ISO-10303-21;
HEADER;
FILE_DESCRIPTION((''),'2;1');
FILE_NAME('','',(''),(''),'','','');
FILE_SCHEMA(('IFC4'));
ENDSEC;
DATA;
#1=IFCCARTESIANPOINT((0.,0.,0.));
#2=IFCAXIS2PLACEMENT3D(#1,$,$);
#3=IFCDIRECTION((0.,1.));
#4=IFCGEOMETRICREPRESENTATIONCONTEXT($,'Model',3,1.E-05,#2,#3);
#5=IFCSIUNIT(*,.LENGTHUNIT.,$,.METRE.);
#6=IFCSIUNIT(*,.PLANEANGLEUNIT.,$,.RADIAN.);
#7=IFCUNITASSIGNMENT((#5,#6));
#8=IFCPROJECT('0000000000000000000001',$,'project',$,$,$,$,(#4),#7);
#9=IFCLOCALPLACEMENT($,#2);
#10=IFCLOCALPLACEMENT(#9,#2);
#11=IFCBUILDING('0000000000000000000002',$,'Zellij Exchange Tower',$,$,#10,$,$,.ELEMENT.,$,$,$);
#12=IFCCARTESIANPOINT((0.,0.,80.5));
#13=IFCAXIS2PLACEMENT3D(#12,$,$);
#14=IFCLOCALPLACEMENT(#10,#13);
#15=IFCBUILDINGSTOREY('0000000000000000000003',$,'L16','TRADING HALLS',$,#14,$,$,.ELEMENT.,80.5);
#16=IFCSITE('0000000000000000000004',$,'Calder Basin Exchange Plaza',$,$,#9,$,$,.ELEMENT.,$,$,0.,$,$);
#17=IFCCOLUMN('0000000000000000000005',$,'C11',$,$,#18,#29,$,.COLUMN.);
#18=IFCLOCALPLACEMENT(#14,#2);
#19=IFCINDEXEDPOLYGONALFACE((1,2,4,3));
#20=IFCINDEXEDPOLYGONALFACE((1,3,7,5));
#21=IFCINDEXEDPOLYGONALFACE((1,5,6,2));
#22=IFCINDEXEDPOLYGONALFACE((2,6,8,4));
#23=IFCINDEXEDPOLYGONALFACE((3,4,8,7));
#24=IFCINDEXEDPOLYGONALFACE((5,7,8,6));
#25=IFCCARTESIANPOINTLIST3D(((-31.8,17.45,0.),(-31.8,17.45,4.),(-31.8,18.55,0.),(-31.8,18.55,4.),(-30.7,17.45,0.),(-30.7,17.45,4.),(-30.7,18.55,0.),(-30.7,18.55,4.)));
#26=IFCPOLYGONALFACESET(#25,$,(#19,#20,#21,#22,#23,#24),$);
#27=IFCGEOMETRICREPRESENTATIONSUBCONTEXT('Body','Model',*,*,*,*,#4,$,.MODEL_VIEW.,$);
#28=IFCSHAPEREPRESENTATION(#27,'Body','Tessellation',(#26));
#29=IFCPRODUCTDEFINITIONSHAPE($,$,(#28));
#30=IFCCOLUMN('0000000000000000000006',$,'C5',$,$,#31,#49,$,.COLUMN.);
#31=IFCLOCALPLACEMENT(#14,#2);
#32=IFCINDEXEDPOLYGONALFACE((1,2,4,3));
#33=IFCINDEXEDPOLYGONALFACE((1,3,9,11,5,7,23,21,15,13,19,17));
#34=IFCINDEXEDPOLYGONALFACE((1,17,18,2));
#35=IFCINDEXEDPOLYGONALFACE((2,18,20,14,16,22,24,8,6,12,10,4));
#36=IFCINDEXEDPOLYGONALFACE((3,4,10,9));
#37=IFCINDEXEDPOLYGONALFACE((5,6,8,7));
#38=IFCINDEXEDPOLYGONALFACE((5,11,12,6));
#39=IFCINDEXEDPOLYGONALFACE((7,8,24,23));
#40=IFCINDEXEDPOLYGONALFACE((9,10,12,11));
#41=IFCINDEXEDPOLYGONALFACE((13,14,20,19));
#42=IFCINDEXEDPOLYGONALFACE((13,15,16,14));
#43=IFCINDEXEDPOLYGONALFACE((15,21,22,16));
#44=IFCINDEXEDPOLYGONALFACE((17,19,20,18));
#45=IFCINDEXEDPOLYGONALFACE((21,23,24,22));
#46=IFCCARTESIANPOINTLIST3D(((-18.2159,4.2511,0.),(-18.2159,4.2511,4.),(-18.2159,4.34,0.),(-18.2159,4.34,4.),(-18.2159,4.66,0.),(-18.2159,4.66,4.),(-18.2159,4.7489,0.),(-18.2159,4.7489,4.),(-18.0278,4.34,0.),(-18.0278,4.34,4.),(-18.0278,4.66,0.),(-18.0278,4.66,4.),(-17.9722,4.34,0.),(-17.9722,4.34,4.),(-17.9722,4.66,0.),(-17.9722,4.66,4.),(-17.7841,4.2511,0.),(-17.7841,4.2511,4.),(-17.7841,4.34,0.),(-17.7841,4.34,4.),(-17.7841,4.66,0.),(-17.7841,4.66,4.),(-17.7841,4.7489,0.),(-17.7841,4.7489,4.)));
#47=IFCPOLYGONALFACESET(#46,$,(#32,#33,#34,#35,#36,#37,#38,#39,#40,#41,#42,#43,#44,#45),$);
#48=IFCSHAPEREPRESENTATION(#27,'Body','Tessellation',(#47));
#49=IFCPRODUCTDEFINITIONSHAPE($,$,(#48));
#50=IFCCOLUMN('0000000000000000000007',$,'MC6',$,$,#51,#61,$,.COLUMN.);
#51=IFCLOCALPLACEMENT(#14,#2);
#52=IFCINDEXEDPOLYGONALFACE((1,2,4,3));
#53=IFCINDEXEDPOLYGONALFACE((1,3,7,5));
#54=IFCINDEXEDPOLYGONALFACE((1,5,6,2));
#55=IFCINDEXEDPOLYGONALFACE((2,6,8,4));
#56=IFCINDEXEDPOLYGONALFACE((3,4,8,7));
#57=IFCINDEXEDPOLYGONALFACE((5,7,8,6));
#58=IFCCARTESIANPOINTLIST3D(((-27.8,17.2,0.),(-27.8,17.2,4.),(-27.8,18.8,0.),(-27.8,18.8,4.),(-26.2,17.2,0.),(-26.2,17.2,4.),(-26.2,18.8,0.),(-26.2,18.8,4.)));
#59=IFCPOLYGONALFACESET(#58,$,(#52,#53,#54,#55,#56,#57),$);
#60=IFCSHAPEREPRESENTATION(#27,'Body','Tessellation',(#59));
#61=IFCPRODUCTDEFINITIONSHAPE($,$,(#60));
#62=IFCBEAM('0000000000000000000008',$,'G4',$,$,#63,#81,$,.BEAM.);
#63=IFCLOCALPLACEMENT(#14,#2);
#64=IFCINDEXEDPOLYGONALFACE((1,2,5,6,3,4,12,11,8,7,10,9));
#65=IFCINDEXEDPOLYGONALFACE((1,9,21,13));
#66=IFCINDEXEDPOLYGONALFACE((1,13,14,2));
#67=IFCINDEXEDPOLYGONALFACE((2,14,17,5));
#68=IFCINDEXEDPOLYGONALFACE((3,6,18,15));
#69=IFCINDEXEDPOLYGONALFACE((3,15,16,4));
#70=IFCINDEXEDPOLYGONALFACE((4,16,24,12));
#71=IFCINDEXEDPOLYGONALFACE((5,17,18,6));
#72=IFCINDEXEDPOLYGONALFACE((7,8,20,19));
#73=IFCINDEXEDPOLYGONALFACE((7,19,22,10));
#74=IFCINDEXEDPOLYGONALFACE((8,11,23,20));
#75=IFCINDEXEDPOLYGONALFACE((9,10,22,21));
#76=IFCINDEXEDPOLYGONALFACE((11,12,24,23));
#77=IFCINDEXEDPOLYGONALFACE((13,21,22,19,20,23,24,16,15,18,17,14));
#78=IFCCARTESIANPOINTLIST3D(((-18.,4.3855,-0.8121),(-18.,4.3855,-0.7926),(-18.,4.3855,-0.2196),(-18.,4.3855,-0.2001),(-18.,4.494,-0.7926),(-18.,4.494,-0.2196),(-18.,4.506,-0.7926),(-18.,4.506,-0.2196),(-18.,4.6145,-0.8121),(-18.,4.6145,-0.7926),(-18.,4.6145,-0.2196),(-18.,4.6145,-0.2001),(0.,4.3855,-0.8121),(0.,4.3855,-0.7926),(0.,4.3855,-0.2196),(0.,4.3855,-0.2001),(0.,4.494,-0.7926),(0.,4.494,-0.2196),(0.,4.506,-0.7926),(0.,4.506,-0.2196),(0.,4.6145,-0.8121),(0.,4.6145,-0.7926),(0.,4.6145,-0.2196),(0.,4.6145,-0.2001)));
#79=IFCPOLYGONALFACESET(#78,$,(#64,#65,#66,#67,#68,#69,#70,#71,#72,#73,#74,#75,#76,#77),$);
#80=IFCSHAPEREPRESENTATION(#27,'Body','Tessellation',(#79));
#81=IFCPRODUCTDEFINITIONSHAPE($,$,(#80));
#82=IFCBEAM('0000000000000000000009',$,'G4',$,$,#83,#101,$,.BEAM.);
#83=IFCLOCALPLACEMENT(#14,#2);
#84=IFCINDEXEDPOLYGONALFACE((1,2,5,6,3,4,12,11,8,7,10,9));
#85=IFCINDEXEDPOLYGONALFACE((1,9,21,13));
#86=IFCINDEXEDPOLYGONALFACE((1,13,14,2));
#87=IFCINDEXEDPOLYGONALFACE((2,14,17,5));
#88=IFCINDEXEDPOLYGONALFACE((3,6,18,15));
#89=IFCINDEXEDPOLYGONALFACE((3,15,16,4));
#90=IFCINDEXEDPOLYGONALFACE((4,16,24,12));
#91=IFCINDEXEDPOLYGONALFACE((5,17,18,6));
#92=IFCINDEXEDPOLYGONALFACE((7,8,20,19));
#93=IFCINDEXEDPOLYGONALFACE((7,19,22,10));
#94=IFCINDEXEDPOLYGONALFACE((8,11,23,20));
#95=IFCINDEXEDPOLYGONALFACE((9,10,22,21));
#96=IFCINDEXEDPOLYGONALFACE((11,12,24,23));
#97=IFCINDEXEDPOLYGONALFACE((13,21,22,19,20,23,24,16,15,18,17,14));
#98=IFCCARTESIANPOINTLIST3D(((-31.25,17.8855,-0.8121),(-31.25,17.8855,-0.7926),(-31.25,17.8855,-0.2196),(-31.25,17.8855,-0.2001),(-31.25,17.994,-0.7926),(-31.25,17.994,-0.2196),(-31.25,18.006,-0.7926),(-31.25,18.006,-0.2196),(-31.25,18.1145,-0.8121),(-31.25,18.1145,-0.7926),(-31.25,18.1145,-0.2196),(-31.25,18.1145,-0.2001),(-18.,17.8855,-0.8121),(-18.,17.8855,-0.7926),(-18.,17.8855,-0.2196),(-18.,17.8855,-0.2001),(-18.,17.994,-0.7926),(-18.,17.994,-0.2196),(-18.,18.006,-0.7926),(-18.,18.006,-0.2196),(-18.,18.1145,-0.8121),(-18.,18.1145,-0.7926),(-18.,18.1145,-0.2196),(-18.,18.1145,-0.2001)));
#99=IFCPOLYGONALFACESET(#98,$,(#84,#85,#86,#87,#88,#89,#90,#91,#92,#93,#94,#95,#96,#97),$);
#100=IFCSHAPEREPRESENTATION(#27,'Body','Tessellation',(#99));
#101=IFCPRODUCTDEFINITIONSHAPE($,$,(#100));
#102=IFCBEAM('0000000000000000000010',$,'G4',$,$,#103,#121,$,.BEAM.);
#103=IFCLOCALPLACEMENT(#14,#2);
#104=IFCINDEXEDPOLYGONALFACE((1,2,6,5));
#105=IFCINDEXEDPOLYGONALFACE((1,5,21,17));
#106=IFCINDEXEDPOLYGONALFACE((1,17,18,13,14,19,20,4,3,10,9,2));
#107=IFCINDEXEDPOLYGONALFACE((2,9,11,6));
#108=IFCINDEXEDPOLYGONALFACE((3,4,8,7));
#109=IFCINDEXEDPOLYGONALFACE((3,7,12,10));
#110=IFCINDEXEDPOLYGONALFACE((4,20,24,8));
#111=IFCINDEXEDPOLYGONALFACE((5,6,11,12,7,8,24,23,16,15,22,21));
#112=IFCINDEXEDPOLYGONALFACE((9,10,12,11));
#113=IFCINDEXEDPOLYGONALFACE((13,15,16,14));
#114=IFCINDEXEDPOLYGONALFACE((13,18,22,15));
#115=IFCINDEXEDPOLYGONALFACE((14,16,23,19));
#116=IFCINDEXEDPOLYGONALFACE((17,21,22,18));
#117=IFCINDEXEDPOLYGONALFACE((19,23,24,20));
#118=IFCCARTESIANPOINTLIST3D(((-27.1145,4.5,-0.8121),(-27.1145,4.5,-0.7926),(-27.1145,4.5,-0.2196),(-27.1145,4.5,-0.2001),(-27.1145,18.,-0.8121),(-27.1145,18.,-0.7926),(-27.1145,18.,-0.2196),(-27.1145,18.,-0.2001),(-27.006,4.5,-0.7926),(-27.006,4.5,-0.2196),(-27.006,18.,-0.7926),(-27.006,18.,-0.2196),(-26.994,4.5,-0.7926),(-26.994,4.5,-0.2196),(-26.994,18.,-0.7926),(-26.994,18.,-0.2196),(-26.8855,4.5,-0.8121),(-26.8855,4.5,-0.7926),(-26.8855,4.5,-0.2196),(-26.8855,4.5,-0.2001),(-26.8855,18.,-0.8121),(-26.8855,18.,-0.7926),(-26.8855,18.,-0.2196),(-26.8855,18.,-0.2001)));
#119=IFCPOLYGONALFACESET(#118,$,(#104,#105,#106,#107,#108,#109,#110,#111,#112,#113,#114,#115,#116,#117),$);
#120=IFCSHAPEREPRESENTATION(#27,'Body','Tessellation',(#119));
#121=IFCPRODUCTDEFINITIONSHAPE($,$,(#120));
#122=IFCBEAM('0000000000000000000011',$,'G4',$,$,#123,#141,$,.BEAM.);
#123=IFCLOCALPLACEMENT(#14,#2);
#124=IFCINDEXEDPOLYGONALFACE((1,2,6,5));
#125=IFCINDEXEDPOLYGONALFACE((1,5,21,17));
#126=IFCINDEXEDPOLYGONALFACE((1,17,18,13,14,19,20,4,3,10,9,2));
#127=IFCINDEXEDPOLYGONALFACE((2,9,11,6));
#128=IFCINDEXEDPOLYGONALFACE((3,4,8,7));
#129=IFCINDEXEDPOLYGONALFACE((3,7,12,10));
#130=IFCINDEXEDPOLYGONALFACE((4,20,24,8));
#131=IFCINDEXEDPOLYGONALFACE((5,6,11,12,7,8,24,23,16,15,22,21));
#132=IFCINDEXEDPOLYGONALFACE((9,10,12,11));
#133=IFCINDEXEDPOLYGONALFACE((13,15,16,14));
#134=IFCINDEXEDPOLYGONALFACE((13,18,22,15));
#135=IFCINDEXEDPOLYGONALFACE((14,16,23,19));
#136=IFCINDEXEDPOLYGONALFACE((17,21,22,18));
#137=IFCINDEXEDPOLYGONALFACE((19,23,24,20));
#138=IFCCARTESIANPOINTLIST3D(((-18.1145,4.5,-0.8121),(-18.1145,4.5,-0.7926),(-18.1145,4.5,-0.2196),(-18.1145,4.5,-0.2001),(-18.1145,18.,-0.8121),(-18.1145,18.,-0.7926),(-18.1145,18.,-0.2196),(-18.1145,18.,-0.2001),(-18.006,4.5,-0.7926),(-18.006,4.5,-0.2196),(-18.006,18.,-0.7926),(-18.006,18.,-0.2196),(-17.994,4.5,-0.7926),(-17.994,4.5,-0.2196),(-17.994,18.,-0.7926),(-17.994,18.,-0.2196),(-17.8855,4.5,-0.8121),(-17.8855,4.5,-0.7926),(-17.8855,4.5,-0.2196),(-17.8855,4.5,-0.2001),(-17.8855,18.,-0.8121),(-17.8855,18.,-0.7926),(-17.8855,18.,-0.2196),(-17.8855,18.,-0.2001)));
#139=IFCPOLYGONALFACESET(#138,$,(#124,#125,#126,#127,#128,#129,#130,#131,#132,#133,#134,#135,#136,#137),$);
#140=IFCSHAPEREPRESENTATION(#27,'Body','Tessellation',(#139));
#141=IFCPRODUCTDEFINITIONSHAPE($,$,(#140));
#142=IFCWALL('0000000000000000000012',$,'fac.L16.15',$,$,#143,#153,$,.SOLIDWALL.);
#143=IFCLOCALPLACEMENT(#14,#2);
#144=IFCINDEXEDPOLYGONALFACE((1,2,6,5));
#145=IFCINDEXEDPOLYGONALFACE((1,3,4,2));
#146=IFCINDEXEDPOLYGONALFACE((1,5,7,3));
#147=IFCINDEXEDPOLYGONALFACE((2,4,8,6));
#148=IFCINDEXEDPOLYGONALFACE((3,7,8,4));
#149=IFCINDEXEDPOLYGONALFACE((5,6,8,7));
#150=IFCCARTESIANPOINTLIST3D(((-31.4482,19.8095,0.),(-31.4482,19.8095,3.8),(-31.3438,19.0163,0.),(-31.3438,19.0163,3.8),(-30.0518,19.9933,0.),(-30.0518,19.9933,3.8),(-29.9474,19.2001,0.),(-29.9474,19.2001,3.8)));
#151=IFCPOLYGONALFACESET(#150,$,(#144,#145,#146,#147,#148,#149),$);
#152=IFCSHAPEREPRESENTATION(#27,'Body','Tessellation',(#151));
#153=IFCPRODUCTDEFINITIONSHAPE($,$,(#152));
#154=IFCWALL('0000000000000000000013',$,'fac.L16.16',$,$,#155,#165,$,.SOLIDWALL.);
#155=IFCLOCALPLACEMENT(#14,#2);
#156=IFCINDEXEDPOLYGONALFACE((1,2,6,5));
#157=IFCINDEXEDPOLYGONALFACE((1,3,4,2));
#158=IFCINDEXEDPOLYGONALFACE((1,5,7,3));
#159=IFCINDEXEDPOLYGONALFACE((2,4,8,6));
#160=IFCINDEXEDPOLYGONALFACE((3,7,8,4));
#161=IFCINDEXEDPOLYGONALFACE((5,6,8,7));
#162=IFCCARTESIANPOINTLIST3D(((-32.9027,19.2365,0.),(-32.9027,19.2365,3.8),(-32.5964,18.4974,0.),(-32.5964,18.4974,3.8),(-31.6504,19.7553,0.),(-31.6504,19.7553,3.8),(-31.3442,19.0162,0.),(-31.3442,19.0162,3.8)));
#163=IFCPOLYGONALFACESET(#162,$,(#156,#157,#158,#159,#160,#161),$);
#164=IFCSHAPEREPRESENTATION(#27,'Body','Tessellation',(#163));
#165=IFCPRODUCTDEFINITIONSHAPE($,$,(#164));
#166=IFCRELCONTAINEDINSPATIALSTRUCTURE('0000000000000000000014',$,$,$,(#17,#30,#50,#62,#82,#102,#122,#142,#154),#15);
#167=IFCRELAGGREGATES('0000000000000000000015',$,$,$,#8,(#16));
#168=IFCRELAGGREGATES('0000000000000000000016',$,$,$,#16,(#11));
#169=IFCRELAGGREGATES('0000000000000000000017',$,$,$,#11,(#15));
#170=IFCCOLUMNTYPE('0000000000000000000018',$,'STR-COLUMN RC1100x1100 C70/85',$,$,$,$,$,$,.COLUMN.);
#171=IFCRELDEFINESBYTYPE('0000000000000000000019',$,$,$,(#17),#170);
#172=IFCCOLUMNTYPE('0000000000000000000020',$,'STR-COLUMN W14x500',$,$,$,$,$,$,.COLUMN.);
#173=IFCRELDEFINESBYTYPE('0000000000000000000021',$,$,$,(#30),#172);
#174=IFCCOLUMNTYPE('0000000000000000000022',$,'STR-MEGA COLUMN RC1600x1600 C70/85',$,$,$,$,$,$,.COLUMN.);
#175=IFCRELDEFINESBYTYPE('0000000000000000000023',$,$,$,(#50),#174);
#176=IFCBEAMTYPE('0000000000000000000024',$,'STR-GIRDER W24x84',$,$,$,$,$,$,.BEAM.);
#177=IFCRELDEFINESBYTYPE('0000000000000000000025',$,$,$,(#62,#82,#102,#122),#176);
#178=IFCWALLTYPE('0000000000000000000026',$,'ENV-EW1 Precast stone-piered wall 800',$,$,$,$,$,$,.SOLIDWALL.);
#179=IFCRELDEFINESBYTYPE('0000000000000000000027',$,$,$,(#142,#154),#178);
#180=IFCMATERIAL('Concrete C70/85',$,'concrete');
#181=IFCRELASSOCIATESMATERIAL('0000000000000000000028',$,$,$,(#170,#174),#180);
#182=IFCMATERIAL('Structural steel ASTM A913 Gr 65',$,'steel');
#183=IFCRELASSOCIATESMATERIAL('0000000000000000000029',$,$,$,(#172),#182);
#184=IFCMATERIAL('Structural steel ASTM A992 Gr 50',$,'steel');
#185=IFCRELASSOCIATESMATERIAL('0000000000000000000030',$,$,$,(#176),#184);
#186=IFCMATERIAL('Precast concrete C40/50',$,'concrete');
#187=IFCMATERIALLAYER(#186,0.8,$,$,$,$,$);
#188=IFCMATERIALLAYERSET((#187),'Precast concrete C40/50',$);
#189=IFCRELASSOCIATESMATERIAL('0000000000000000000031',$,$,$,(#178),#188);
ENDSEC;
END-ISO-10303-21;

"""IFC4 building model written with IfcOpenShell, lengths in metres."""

from ifc_helpers import new_model, si_unit, direction, frame, frame_2d, origin, origin_2d, place, context, subcontext, project, spatial, rectangle, i_section, extrude, material, layer, layer_set, material_profile, profile_set, type_object, element, save


model = new_model("IFC4")

# Units and contexts
model_context = context("Model", 3, precision=1e-05, world=origin(), true_north=direction((0.0, 1.0)))
body_context = subcontext(model_context, "Body", "Model", "MODEL_VIEW")
ifc_project = project(units=[si_unit("LENGTHUNIT", "METRE"), si_unit("PLANEANGLEUNIT", "RADIAN")], contexts=[model_context])

# Site, building, storey
site_placement = place(None, origin())
site = spatial("IfcSite", under=ifc_project, at=site_placement, Name="Calder Basin Exchange Plaza", CompositionType="ELEMENT", RefElevation=0.0)
building_placement = place(site_placement, origin())
building = spatial("IfcBuilding", under=site, at=building_placement, Name="Zellij Exchange Tower", CompositionType="ELEMENT")
storey_placement = place(building_placement, frame((0.0, 0.0, 80.5)))
storey = spatial("IfcBuildingStorey", under=building, at=storey_placement, Name="L16", Description="TRADING HALLS", CompositionType="ELEMENT", Elevation=80.5)

# Columns
ifc_material_1 = material(Name="Concrete C70/85", Category="concrete")
ifc_material_profile_1 = material_profile(ifc_material_1, rectangle(XDim=1.1001, YDim=1.1001, at=origin_2d()), Name="STR-COLUMN RC1100x1100 C70/85")
ifc_profile_set_1 = profile_set([ifc_material_profile_1], Name="Concrete C70/85")
column_type_1 = type_object("IfcColumnType", Name="STR-COLUMN RC1100x1100 C70/85", PredefinedType="COLUMN", material=ifc_profile_set_1)
column_1_placement = place(storey_placement, frame((-31.25, 18.0, 0.0), z_axis=(0.0, 0.0, 1.0), x_axis=(1.0, 0.0, 0.0)))
element("IfcColumn", 1, at=column_1_placement, inside=storey, type_object=column_type_1, Name="C11", PredefinedType="COLUMN", context=body_context, shape_type="SweptSolid", body=[
    extrude(rectangle(XDim=1.1001, YDim=1.1001, at=origin_2d()), origin(), (0.0, 0.0, 1.0), 4.0),
])
ifc_material_2 = material(Name="Structural steel ASTM A913 Gr 65", Category="steel")
ifc_material_profile_2 = material_profile(ifc_material_2, i_section(OverallWidth=0.4319, OverallDepth=0.4978, WebThickness=0.0557, FlangeThickness=0.0889, at=origin_2d()), Name="W14x500")
ifc_profile_set_2 = profile_set([ifc_material_profile_2], Name="Structural steel ASTM A913 Gr 65")
column_type_2 = type_object("IfcColumnType", Name="STR-COLUMN W14x500", PredefinedType="COLUMN", material=ifc_profile_set_2)
column_2_placement = place(storey_placement, frame((-18.0, 4.5, 0.0), z_axis=(0.0, 0.0, 1.0), x_axis=(1.0, 0.0, 0.0)))
element("IfcColumn", 2, at=column_2_placement, inside=storey, type_object=column_type_2, Name="C5", PredefinedType="COLUMN", context=body_context, shape_type="SweptSolid", body=[
    extrude(i_section(OverallWidth=0.4319, OverallDepth=0.4978, WebThickness=0.0557, FlangeThickness=0.0889, at=origin_2d()), origin(), (0.0, 0.0, 1.0), 4.0),
])
ifc_material_profile_3 = material_profile(ifc_material_1, rectangle(XDim=1.6001, YDim=1.6001, at=origin_2d()), Name="STR-MEGA COLUMN RC1600x1600 C70/85")
ifc_profile_set_3 = profile_set([ifc_material_profile_3], Name="Concrete C70/85")
column_type_3 = type_object("IfcColumnType", Name="STR-MEGA COLUMN RC1600x1600 C70/85", PredefinedType="COLUMN", material=ifc_profile_set_3)
column_3_placement = place(storey_placement, frame((-27.0, 18.0, 0.0), z_axis=(0.0, 0.0, 1.0), x_axis=(1.0, 0.0, 0.0)))
element("IfcColumn", 3, at=column_3_placement, inside=storey, type_object=column_type_3, Name="MC6", PredefinedType="COLUMN", context=body_context, shape_type="SweptSolid", body=[
    extrude(rectangle(XDim=1.6001, YDim=1.6001, at=origin_2d()), origin(), (0.0, 0.0, 1.0), 4.0),
])

# Beams
ifc_material_3 = material(Name="Structural steel ASTM A992 Gr 50", Category="steel")
ifc_material_profile_4 = material_profile(ifc_material_3, i_section(OverallWidth=0.229, OverallDepth=0.6121, WebThickness=0.012, FlangeThickness=0.0195, at=origin_2d()), Name="W24x84")
ifc_profile_set_4 = profile_set([ifc_material_profile_4], Name="Structural steel ASTM A992 Gr 50")
beam_type = type_object("IfcBeamType", Name="STR-GIRDER W24x84", PredefinedType="BEAM", material=ifc_profile_set_4)
beam_1_placement = place(storey_placement, frame((-18.0, 4.5, -0.5061), z_axis=(1.0, 0.0, 0.0), x_axis=(0.0, 1.0, 0.0)))
element("IfcBeam", 4, at=beam_1_placement, inside=storey, type_object=beam_type, Name="G4", PredefinedType="BEAM", context=body_context, shape_type="SweptSolid", body=[
    extrude(i_section(OverallWidth=0.229, OverallDepth=0.6121, WebThickness=0.012, FlangeThickness=0.0195, at=origin_2d()), origin(), (0.0, 0.0, 1.0), 18.0),
])
beam_2_placement = place(storey_placement, frame((-31.25, 18.0, -0.5061), z_axis=(1.0, 0.0, 0.0), x_axis=(0.0, 1.0, 0.0)))
element("IfcBeam", 5, at=beam_2_placement, inside=storey, type_object=beam_type, Name="G4", PredefinedType="BEAM", context=body_context, shape_type="SweptSolid", body=[
    extrude(i_section(OverallWidth=0.229, OverallDepth=0.6121, WebThickness=0.012, FlangeThickness=0.0195, at=origin_2d()), origin(), (0.0, 0.0, 1.0), 13.25),
])
for number, where, z_axis, x_axis, name in (
    (6, (-27.0, 4.5, -0.5061), (0.0, 1.0, 0.0), (-1.0, 0.0, 0.0), "G4"),
    (7, (-18.0, 4.5, -0.5061), (0.0, 1.0, 0.0), (-1.0, 0.0, 0.0), "G4"),
):
    element("IfcBeam", number, at=place(storey_placement, frame(where, z_axis=z_axis, x_axis=x_axis)), inside=storey, type_object=beam_type, Name=name, PredefinedType="BEAM", context=body_context, shape_type="SweptSolid", body=[
        extrude(i_section(OverallWidth=0.229, OverallDepth=0.6121, WebThickness=0.012, FlangeThickness=0.0195, at=origin_2d()), origin(), (0.0, 0.0, 1.0), 13.5),
    ])

# Walls
ifc_material_4 = material(Name="Precast concrete C40/50", Category="concrete")
ifc_layer = layer(ifc_material_4, 0.8)
ifc_layer_set = layer_set([ifc_layer], Name="Precast concrete C40/50")
wall_type = type_object("IfcWallType", Name="ENV-EW1 Precast stone-piered wall 800", PredefinedType="SOLIDWALL", material=ifc_layer_set)
wall_1_placement = place(storey_placement, frame((-29.9998, 19.5967, 0.0), z_axis=(0.0, 0.0, 1.0), x_axis=(-0.991446, -0.130517, 0.0)))
element("IfcWall", 8, at=wall_1_placement, inside=storey, type_object=wall_type, Name="fac.L16.15", PredefinedType="SOLIDWALL", context=body_context, shape_type="SweptSolid", body=[
    extrude(rectangle(XDim=1.4084, YDim=0.8, at=frame_2d((0.7041, 0.0))), origin(), (0.0, 0.0, 1.0), 3.8),
])
wall_2_placement = place(storey_placement, frame((-31.4973, 19.3857, 0.0), z_axis=(0.0, 0.0, 1.0), x_axis=(-0.923848, -0.38276, 0.0)))
element("IfcWall", 9, at=wall_2_placement, inside=storey, type_object=wall_type, Name="fac.L16.16", PredefinedType="SOLIDWALL", context=body_context, shape_type="SweptSolid", body=[
    extrude(rectangle(XDim=1.3555, YDim=0.8, at=frame_2d((0.6777, 0.0))), origin(), (0.0, 0.0, 1.0), 3.8),
])

save(model, "model.ifc")
